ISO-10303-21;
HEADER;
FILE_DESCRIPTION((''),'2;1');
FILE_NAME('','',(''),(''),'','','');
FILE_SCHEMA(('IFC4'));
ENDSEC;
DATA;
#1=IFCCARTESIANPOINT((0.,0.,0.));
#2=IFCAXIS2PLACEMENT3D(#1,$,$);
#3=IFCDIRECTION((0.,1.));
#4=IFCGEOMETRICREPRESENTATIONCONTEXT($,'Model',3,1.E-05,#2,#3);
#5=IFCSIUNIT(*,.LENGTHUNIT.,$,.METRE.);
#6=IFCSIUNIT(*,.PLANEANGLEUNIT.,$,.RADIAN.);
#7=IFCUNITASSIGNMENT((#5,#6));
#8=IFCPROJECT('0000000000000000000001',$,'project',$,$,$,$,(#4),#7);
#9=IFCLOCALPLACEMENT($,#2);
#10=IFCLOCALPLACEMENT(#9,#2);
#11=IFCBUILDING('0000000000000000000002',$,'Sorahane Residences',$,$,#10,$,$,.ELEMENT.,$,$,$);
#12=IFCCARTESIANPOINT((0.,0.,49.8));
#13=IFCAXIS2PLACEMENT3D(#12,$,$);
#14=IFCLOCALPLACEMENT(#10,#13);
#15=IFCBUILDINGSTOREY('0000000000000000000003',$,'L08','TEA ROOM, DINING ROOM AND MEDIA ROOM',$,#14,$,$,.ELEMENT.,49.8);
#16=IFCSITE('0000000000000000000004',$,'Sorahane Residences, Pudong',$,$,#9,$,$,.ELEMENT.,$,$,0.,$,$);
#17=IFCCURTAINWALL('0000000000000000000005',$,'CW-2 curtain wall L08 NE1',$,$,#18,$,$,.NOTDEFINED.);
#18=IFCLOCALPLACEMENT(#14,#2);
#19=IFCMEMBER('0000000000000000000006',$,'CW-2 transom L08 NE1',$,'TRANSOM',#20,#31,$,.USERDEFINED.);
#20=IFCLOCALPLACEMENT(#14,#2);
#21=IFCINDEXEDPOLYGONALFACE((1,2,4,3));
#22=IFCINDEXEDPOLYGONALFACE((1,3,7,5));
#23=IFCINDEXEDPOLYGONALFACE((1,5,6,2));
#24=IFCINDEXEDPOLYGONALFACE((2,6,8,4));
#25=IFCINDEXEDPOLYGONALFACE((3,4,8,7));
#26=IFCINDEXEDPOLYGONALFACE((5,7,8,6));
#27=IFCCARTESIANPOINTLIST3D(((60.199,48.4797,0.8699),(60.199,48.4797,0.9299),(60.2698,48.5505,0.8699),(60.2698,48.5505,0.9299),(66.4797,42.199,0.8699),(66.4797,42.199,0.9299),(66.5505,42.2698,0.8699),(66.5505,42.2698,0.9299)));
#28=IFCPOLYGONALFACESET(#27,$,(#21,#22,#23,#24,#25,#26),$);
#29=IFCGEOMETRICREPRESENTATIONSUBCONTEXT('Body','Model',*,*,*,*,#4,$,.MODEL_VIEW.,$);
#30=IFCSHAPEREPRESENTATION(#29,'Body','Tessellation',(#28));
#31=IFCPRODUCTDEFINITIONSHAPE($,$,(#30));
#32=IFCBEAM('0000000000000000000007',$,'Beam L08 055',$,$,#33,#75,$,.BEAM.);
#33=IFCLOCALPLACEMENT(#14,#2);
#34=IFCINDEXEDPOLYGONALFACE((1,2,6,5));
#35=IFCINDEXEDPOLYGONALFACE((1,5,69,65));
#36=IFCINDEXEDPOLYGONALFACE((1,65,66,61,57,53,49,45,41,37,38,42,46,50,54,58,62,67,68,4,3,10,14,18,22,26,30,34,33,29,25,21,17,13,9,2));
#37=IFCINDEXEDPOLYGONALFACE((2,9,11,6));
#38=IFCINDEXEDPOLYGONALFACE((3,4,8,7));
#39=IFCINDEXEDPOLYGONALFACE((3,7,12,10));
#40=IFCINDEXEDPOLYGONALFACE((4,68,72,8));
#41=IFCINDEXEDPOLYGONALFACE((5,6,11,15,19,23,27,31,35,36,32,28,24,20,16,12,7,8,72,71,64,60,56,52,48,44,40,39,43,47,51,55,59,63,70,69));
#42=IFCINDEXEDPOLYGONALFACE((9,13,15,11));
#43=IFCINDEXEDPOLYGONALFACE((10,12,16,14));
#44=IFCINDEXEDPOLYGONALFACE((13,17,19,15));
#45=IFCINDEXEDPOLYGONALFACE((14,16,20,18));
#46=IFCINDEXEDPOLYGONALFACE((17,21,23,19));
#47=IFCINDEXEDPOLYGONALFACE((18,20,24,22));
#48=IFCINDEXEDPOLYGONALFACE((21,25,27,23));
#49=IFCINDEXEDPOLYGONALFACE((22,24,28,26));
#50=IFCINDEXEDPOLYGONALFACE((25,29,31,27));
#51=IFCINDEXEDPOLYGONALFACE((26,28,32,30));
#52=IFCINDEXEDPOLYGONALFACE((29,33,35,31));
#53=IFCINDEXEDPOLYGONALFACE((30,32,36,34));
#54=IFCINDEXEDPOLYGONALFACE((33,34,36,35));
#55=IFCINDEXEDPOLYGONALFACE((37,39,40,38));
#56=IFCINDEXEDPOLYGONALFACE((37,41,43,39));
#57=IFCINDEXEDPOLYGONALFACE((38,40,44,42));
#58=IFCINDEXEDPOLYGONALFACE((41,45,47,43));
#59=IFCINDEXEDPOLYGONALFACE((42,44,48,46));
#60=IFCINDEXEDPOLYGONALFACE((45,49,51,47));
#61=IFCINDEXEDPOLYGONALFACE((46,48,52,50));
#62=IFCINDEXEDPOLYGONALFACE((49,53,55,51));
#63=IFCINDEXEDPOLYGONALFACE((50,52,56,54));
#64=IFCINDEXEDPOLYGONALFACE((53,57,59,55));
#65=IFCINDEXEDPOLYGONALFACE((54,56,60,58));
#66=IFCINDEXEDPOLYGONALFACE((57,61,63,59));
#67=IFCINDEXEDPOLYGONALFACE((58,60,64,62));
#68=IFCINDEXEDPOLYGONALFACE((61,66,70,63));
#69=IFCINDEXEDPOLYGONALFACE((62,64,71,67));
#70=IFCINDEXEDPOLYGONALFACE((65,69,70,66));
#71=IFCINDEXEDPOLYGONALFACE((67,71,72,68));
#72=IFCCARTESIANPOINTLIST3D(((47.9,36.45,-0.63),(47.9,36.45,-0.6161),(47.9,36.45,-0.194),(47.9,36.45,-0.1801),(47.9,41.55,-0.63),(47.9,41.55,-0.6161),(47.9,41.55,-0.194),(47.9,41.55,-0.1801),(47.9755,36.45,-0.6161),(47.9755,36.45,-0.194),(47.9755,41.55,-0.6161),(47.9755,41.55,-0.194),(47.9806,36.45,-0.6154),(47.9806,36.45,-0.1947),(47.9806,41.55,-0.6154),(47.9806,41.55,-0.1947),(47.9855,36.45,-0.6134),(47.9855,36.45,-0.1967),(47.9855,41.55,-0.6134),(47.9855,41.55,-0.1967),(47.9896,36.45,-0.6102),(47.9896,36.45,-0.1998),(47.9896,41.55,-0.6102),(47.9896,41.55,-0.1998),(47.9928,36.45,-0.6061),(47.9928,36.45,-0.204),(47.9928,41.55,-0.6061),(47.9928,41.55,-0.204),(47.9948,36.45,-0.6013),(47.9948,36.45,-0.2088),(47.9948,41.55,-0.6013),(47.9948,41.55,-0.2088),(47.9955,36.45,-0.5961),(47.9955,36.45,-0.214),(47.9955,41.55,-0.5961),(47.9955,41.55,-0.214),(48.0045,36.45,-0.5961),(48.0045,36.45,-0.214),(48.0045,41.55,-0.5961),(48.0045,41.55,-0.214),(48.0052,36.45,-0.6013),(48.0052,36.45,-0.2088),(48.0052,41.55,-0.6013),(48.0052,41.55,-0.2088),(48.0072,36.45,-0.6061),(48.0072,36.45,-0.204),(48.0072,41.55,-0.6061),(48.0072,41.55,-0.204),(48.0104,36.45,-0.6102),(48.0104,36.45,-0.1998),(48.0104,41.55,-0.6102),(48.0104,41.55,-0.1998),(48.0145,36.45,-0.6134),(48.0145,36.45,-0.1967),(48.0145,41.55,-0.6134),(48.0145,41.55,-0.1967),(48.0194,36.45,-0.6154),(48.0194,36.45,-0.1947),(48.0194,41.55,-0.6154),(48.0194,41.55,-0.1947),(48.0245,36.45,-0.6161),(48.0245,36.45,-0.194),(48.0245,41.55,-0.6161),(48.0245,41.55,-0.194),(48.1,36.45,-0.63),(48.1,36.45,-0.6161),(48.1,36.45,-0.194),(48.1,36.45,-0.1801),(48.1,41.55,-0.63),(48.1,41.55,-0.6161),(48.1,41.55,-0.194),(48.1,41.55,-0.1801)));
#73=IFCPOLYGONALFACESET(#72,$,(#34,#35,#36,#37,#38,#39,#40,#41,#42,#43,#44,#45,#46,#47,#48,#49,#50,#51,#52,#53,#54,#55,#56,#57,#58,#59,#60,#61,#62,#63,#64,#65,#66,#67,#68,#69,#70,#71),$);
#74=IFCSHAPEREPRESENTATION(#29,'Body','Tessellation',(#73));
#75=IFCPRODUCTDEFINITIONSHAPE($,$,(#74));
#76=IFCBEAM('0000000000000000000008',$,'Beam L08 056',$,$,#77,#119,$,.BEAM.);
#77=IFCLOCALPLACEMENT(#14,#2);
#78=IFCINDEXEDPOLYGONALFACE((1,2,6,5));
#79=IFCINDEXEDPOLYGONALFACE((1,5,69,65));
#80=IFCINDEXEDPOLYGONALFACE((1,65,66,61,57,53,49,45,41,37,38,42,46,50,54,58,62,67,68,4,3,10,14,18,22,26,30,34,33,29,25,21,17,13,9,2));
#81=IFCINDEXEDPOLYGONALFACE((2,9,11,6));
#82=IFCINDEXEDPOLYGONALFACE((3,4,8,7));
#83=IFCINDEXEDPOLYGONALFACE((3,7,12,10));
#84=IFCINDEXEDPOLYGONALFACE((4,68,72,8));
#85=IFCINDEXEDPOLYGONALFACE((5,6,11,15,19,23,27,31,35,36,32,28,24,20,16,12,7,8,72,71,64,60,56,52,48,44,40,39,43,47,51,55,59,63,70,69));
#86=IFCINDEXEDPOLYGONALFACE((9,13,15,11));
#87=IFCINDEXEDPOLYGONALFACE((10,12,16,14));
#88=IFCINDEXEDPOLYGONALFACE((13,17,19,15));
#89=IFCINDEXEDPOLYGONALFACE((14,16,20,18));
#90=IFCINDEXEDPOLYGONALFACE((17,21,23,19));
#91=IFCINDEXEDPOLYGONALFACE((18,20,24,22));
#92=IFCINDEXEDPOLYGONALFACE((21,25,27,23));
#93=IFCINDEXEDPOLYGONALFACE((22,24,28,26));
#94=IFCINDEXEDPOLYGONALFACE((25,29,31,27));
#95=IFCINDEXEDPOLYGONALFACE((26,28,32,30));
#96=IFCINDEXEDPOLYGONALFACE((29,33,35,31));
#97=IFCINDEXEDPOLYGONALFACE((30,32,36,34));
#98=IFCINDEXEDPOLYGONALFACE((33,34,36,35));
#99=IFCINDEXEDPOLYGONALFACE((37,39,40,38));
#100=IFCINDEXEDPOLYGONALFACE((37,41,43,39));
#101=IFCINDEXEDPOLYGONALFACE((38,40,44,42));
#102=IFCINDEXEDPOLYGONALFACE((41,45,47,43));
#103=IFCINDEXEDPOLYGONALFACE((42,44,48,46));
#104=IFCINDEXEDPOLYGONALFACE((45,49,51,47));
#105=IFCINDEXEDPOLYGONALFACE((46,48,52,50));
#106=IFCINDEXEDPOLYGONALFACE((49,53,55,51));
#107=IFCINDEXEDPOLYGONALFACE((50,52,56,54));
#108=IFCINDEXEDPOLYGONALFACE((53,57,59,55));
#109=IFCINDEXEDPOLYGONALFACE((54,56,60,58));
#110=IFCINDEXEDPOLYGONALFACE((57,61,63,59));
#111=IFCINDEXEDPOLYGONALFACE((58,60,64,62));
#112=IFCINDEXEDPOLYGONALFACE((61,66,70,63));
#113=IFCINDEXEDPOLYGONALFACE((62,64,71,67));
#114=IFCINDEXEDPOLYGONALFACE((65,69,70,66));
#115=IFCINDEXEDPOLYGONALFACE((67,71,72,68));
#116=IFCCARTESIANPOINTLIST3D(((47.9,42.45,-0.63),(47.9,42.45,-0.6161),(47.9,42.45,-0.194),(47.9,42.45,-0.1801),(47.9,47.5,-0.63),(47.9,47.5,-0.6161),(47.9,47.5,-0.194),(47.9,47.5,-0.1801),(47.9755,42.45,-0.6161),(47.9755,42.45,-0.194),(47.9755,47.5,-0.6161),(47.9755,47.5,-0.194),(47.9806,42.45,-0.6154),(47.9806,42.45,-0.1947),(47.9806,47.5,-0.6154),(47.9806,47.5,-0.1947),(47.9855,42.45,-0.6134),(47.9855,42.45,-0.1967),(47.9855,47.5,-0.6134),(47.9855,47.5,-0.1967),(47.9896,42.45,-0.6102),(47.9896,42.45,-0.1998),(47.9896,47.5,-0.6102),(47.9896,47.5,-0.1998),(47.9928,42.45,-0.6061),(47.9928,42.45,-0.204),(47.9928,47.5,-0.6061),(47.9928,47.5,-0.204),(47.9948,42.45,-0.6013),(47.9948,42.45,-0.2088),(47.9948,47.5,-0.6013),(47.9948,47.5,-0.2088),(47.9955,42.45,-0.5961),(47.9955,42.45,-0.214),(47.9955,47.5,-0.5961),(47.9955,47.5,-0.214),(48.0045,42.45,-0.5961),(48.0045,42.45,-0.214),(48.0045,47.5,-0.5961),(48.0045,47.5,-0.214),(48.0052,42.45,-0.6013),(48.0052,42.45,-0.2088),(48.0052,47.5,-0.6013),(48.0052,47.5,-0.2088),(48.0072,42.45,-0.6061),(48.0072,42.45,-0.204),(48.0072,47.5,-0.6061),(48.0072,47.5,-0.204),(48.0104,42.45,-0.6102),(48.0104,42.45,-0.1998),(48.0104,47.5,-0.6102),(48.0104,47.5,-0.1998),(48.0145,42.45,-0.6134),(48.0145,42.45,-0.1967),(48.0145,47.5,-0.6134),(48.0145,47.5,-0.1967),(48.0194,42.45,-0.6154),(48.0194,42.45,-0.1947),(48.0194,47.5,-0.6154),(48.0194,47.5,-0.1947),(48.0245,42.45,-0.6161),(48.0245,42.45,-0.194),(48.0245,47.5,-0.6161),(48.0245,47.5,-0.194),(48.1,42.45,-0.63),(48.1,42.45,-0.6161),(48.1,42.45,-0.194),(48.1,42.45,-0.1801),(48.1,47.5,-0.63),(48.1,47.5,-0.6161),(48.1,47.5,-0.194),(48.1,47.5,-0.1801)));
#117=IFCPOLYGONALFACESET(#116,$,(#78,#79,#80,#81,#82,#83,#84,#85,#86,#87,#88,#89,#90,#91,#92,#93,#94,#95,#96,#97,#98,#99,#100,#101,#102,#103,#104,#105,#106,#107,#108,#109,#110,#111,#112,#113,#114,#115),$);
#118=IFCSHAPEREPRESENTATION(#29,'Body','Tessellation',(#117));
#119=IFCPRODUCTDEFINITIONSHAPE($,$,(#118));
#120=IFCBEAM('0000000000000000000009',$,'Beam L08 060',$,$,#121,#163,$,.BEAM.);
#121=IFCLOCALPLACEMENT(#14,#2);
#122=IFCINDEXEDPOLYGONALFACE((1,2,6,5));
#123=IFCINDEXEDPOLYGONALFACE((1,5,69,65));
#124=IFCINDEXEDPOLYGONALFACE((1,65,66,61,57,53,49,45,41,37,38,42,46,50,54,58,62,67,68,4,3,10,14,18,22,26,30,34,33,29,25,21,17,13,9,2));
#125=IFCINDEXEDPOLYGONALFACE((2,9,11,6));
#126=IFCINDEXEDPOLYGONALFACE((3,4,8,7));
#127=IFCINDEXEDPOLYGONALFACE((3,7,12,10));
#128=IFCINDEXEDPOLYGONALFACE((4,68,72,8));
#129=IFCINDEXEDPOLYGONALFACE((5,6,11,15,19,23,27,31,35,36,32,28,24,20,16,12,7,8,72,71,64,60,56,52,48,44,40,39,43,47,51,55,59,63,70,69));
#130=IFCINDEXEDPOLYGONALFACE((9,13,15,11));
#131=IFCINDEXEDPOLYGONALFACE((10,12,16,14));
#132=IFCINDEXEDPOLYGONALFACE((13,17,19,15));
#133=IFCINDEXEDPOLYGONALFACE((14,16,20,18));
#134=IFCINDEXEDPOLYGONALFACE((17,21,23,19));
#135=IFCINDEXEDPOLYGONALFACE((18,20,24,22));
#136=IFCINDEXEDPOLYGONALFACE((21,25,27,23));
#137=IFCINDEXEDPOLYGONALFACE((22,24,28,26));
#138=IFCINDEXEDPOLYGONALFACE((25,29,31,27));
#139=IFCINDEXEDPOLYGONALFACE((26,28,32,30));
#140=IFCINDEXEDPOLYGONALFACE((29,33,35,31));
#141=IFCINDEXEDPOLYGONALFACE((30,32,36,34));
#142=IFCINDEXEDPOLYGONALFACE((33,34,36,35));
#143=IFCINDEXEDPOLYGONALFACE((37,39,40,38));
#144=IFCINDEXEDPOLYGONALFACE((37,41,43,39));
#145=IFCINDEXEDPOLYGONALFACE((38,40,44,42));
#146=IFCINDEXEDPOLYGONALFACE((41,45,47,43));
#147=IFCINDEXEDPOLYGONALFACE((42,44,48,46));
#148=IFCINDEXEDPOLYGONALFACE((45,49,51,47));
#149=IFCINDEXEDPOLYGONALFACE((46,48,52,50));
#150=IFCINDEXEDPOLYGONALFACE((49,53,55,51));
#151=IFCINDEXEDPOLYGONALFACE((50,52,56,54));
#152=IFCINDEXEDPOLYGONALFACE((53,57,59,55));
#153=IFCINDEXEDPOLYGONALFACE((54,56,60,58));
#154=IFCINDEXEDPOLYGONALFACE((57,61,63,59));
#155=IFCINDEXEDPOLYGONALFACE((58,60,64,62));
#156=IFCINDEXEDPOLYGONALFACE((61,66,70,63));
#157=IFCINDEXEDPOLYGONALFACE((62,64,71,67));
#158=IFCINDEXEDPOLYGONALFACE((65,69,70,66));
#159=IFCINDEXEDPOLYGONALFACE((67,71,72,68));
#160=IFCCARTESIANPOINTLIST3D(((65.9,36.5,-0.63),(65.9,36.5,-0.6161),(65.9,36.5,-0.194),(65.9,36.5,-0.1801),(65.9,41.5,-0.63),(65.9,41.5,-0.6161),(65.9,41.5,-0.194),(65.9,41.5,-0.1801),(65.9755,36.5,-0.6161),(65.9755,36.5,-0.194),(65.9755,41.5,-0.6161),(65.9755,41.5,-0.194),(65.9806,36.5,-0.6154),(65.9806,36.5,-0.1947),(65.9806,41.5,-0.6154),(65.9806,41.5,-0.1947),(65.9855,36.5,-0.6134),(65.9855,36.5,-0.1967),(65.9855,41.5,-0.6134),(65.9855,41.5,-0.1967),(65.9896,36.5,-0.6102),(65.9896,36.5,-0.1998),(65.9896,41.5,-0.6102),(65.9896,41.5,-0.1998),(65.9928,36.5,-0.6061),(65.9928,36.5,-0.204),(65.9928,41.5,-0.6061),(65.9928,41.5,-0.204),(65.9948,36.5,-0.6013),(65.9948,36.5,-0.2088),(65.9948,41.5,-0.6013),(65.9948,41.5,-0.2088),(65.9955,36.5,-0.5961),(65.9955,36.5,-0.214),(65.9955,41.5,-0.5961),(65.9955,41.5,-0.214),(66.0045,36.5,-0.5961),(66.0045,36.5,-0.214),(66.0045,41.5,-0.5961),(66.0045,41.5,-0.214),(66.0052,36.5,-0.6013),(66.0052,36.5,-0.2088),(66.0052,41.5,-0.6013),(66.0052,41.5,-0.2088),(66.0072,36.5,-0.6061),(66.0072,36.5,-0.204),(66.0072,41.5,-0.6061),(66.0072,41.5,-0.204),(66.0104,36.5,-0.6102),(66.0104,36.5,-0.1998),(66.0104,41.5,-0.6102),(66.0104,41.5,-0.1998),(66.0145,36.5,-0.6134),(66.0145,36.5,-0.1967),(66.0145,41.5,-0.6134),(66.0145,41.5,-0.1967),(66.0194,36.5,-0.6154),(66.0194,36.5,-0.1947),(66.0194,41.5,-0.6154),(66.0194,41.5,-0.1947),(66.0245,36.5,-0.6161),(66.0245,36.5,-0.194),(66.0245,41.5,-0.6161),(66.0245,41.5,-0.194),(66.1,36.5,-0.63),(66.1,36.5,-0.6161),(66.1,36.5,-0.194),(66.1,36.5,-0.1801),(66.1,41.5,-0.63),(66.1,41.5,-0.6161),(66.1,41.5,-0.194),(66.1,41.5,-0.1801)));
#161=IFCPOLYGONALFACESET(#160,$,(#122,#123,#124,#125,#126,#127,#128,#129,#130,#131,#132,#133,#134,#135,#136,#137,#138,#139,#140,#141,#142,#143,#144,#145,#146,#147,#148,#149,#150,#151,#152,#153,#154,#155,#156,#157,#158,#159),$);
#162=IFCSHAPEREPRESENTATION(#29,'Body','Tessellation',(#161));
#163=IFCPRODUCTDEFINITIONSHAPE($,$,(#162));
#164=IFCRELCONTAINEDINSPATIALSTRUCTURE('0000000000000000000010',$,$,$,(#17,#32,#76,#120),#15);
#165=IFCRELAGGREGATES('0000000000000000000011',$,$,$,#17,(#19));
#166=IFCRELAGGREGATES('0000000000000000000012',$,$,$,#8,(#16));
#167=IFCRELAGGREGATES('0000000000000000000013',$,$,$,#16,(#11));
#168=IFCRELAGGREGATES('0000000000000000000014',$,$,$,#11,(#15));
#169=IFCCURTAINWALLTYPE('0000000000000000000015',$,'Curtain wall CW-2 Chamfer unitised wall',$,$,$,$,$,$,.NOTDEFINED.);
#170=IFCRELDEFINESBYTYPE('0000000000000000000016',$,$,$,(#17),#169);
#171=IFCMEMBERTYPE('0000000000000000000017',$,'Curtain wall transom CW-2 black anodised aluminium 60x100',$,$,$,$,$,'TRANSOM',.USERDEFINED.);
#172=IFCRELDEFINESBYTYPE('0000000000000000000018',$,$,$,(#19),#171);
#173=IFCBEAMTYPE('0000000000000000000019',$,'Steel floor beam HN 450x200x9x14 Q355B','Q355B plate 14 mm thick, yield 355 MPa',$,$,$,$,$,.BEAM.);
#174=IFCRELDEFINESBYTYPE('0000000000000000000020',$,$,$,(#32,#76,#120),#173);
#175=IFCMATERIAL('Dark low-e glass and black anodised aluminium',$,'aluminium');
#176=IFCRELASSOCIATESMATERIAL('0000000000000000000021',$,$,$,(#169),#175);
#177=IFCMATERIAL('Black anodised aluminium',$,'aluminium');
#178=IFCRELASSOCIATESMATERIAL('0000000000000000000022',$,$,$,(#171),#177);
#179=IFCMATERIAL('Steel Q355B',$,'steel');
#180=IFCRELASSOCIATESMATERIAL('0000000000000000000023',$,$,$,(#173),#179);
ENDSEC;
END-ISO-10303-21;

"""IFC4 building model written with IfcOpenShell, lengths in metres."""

from ifc_helpers import new_model, si_unit, direction, frame, origin, origin_2d, place, context, subcontext, project, spatial, rectangle, i_section, extrude, material, material_profile, profile_set, type_object, element, aggregate, save


model = new_model("IFC4")

# Units and contexts
model_context = context("Model", 3, precision=1e-05, world=origin(), true_north=direction((0.0, 1.0)))
body_context = subcontext(model_context, "Body", "Model", "MODEL_VIEW")
ifc_project = project(units=[si_unit("LENGTHUNIT", "METRE"), si_unit("PLANEANGLEUNIT", "RADIAN")], contexts=[model_context])

# Site, building, storey
site_placement = place(None, origin())
site = spatial("IfcSite", under=ifc_project, at=site_placement, Name="Sorahane Residences, Pudong", CompositionType="ELEMENT", RefElevation=0.0)
building_placement = place(site_placement, origin())
building = spatial("IfcBuilding", under=site, at=building_placement, Name="Sorahane Residences", CompositionType="ELEMENT")
storey_placement = place(building_placement, frame((0.0, 0.0, 49.8)))
storey = spatial("IfcBuildingStorey", under=building, at=storey_placement, Name="L08", Description="TEA ROOM, DINING ROOM AND MEDIA ROOM", CompositionType="ELEMENT", Elevation=49.8)

# Curtain wall
ifc_material_1 = material(Name="Dark low-e glass and black anodised aluminium", Category="aluminium")
curtain_wall_type_1 = type_object("IfcCurtainWallType", Name="Curtain wall CW-2 Chamfer unitised wall", PredefinedType="NOTDEFINED", material=ifc_material_1)
curtain_wall_1_placement = place(storey_placement, origin())
curtain_wall_1 = element("IfcCurtainWall", 1, at=curtain_wall_1_placement, inside=storey, type_object=curtain_wall_type_1, Name="CW-2 curtain wall L08 NE1", PredefinedType="NOTDEFINED")

# Member
ifc_material_2 = material(Name="Black anodised aluminium", Category="aluminium")
ifc_material_profile_1 = material_profile(ifc_material_2, rectangle(XDim=0.1001, YDim=0.0601, at=origin_2d()), Name="Curtain wall transom CW-2 black anodised aluminium 60x100")
ifc_profile_set_1 = profile_set([ifc_material_profile_1], Name="Black anodised aluminium")
member_type_1 = type_object("IfcMemberType", Name="Curtain wall transom CW-2 black anodised aluminium 60x100", ElementType="TRANSOM", PredefinedType="USERDEFINED", material=ifc_profile_set_1)
member_1_placement = place(storey_placement, frame((66.5151, 42.2344, 0.8999), z_axis=(-0.707107, 0.707107, 0.0), x_axis=(-0.707107, -0.707107, 0.0)))
member_1 = element("IfcMember", 2, at=member_1_placement, type_object=member_type_1, Name="CW-2 transom L08 NE1", ObjectType="TRANSOM", PredefinedType="USERDEFINED", context=body_context, shape_type="SweptSolid", body=[
    extrude(rectangle(XDim=0.1001, YDim=0.0601, at=origin_2d()), origin(), (0.0, 0.0, 1.0), 8.8823),
])

# Beams
ifc_material_3 = material(Name="Steel Q355B", Category="steel")
ifc_material_profile_2 = material_profile(ifc_material_3, i_section(OverallWidth=0.2, OverallDepth=0.45, WebThickness=0.009, FlangeThickness=0.0139, FilletRadius=0.02, at=origin_2d()), Name="HN 450x200x9x14")
ifc_profile_set_2 = profile_set([ifc_material_profile_2], Name="Steel Q355B")
beam_type_1 = type_object("IfcBeamType", Name="Steel floor beam HN 450x200x9x14 Q355B", Description="Q355B plate 14 mm thick, yield 355 MPa", PredefinedType="BEAM", material=ifc_profile_set_2)
beam_1_placement = place(storey_placement, frame((48.0, 36.45, -0.405), z_axis=(0.0, 1.0, 0.0), x_axis=(-1.0, 0.0, 0.0)))
element("IfcBeam", 3, at=beam_1_placement, inside=storey, type_object=beam_type_1, Name="Beam L08 055", PredefinedType="BEAM", context=body_context, shape_type="SweptSolid", body=[
    extrude(i_section(OverallWidth=0.2, OverallDepth=0.45, WebThickness=0.009, FlangeThickness=0.0139, FilletRadius=0.02, at=origin_2d()), origin(), (0.0, 0.0, 1.0), 5.1001),
])
beam_2_placement = place(storey_placement, frame((48.0, 42.45, -0.405), z_axis=(0.0, 1.0, 0.0), x_axis=(-1.0, 0.0, 0.0)))
element("IfcBeam", 4, at=beam_2_placement, inside=storey, type_object=beam_type_1, Name="Beam L08 056", PredefinedType="BEAM", context=body_context, shape_type="SweptSolid", body=[
    extrude(i_section(OverallWidth=0.2, OverallDepth=0.45, WebThickness=0.009, FlangeThickness=0.0139, FilletRadius=0.02, at=origin_2d()), origin(), (0.0, 0.0, 1.0), 5.05),
])
beam_3_placement = place(storey_placement, frame((66.0, 36.5, -0.405), z_axis=(0.0, 1.0, 0.0), x_axis=(-1.0, 0.0, 0.0)))
element("IfcBeam", 5, at=beam_3_placement, inside=storey, type_object=beam_type_1, Name="Beam L08 060", PredefinedType="BEAM", context=body_context, shape_type="SweptSolid", body=[
    extrude(i_section(OverallWidth=0.2, OverallDepth=0.45, WebThickness=0.009, FlangeThickness=0.0139, FilletRadius=0.02, at=origin_2d()), origin(), (0.0, 0.0, 1.0), 5.0),
])

aggregate(curtain_wall_1, [member_1])

save(model, "model.ifc")
